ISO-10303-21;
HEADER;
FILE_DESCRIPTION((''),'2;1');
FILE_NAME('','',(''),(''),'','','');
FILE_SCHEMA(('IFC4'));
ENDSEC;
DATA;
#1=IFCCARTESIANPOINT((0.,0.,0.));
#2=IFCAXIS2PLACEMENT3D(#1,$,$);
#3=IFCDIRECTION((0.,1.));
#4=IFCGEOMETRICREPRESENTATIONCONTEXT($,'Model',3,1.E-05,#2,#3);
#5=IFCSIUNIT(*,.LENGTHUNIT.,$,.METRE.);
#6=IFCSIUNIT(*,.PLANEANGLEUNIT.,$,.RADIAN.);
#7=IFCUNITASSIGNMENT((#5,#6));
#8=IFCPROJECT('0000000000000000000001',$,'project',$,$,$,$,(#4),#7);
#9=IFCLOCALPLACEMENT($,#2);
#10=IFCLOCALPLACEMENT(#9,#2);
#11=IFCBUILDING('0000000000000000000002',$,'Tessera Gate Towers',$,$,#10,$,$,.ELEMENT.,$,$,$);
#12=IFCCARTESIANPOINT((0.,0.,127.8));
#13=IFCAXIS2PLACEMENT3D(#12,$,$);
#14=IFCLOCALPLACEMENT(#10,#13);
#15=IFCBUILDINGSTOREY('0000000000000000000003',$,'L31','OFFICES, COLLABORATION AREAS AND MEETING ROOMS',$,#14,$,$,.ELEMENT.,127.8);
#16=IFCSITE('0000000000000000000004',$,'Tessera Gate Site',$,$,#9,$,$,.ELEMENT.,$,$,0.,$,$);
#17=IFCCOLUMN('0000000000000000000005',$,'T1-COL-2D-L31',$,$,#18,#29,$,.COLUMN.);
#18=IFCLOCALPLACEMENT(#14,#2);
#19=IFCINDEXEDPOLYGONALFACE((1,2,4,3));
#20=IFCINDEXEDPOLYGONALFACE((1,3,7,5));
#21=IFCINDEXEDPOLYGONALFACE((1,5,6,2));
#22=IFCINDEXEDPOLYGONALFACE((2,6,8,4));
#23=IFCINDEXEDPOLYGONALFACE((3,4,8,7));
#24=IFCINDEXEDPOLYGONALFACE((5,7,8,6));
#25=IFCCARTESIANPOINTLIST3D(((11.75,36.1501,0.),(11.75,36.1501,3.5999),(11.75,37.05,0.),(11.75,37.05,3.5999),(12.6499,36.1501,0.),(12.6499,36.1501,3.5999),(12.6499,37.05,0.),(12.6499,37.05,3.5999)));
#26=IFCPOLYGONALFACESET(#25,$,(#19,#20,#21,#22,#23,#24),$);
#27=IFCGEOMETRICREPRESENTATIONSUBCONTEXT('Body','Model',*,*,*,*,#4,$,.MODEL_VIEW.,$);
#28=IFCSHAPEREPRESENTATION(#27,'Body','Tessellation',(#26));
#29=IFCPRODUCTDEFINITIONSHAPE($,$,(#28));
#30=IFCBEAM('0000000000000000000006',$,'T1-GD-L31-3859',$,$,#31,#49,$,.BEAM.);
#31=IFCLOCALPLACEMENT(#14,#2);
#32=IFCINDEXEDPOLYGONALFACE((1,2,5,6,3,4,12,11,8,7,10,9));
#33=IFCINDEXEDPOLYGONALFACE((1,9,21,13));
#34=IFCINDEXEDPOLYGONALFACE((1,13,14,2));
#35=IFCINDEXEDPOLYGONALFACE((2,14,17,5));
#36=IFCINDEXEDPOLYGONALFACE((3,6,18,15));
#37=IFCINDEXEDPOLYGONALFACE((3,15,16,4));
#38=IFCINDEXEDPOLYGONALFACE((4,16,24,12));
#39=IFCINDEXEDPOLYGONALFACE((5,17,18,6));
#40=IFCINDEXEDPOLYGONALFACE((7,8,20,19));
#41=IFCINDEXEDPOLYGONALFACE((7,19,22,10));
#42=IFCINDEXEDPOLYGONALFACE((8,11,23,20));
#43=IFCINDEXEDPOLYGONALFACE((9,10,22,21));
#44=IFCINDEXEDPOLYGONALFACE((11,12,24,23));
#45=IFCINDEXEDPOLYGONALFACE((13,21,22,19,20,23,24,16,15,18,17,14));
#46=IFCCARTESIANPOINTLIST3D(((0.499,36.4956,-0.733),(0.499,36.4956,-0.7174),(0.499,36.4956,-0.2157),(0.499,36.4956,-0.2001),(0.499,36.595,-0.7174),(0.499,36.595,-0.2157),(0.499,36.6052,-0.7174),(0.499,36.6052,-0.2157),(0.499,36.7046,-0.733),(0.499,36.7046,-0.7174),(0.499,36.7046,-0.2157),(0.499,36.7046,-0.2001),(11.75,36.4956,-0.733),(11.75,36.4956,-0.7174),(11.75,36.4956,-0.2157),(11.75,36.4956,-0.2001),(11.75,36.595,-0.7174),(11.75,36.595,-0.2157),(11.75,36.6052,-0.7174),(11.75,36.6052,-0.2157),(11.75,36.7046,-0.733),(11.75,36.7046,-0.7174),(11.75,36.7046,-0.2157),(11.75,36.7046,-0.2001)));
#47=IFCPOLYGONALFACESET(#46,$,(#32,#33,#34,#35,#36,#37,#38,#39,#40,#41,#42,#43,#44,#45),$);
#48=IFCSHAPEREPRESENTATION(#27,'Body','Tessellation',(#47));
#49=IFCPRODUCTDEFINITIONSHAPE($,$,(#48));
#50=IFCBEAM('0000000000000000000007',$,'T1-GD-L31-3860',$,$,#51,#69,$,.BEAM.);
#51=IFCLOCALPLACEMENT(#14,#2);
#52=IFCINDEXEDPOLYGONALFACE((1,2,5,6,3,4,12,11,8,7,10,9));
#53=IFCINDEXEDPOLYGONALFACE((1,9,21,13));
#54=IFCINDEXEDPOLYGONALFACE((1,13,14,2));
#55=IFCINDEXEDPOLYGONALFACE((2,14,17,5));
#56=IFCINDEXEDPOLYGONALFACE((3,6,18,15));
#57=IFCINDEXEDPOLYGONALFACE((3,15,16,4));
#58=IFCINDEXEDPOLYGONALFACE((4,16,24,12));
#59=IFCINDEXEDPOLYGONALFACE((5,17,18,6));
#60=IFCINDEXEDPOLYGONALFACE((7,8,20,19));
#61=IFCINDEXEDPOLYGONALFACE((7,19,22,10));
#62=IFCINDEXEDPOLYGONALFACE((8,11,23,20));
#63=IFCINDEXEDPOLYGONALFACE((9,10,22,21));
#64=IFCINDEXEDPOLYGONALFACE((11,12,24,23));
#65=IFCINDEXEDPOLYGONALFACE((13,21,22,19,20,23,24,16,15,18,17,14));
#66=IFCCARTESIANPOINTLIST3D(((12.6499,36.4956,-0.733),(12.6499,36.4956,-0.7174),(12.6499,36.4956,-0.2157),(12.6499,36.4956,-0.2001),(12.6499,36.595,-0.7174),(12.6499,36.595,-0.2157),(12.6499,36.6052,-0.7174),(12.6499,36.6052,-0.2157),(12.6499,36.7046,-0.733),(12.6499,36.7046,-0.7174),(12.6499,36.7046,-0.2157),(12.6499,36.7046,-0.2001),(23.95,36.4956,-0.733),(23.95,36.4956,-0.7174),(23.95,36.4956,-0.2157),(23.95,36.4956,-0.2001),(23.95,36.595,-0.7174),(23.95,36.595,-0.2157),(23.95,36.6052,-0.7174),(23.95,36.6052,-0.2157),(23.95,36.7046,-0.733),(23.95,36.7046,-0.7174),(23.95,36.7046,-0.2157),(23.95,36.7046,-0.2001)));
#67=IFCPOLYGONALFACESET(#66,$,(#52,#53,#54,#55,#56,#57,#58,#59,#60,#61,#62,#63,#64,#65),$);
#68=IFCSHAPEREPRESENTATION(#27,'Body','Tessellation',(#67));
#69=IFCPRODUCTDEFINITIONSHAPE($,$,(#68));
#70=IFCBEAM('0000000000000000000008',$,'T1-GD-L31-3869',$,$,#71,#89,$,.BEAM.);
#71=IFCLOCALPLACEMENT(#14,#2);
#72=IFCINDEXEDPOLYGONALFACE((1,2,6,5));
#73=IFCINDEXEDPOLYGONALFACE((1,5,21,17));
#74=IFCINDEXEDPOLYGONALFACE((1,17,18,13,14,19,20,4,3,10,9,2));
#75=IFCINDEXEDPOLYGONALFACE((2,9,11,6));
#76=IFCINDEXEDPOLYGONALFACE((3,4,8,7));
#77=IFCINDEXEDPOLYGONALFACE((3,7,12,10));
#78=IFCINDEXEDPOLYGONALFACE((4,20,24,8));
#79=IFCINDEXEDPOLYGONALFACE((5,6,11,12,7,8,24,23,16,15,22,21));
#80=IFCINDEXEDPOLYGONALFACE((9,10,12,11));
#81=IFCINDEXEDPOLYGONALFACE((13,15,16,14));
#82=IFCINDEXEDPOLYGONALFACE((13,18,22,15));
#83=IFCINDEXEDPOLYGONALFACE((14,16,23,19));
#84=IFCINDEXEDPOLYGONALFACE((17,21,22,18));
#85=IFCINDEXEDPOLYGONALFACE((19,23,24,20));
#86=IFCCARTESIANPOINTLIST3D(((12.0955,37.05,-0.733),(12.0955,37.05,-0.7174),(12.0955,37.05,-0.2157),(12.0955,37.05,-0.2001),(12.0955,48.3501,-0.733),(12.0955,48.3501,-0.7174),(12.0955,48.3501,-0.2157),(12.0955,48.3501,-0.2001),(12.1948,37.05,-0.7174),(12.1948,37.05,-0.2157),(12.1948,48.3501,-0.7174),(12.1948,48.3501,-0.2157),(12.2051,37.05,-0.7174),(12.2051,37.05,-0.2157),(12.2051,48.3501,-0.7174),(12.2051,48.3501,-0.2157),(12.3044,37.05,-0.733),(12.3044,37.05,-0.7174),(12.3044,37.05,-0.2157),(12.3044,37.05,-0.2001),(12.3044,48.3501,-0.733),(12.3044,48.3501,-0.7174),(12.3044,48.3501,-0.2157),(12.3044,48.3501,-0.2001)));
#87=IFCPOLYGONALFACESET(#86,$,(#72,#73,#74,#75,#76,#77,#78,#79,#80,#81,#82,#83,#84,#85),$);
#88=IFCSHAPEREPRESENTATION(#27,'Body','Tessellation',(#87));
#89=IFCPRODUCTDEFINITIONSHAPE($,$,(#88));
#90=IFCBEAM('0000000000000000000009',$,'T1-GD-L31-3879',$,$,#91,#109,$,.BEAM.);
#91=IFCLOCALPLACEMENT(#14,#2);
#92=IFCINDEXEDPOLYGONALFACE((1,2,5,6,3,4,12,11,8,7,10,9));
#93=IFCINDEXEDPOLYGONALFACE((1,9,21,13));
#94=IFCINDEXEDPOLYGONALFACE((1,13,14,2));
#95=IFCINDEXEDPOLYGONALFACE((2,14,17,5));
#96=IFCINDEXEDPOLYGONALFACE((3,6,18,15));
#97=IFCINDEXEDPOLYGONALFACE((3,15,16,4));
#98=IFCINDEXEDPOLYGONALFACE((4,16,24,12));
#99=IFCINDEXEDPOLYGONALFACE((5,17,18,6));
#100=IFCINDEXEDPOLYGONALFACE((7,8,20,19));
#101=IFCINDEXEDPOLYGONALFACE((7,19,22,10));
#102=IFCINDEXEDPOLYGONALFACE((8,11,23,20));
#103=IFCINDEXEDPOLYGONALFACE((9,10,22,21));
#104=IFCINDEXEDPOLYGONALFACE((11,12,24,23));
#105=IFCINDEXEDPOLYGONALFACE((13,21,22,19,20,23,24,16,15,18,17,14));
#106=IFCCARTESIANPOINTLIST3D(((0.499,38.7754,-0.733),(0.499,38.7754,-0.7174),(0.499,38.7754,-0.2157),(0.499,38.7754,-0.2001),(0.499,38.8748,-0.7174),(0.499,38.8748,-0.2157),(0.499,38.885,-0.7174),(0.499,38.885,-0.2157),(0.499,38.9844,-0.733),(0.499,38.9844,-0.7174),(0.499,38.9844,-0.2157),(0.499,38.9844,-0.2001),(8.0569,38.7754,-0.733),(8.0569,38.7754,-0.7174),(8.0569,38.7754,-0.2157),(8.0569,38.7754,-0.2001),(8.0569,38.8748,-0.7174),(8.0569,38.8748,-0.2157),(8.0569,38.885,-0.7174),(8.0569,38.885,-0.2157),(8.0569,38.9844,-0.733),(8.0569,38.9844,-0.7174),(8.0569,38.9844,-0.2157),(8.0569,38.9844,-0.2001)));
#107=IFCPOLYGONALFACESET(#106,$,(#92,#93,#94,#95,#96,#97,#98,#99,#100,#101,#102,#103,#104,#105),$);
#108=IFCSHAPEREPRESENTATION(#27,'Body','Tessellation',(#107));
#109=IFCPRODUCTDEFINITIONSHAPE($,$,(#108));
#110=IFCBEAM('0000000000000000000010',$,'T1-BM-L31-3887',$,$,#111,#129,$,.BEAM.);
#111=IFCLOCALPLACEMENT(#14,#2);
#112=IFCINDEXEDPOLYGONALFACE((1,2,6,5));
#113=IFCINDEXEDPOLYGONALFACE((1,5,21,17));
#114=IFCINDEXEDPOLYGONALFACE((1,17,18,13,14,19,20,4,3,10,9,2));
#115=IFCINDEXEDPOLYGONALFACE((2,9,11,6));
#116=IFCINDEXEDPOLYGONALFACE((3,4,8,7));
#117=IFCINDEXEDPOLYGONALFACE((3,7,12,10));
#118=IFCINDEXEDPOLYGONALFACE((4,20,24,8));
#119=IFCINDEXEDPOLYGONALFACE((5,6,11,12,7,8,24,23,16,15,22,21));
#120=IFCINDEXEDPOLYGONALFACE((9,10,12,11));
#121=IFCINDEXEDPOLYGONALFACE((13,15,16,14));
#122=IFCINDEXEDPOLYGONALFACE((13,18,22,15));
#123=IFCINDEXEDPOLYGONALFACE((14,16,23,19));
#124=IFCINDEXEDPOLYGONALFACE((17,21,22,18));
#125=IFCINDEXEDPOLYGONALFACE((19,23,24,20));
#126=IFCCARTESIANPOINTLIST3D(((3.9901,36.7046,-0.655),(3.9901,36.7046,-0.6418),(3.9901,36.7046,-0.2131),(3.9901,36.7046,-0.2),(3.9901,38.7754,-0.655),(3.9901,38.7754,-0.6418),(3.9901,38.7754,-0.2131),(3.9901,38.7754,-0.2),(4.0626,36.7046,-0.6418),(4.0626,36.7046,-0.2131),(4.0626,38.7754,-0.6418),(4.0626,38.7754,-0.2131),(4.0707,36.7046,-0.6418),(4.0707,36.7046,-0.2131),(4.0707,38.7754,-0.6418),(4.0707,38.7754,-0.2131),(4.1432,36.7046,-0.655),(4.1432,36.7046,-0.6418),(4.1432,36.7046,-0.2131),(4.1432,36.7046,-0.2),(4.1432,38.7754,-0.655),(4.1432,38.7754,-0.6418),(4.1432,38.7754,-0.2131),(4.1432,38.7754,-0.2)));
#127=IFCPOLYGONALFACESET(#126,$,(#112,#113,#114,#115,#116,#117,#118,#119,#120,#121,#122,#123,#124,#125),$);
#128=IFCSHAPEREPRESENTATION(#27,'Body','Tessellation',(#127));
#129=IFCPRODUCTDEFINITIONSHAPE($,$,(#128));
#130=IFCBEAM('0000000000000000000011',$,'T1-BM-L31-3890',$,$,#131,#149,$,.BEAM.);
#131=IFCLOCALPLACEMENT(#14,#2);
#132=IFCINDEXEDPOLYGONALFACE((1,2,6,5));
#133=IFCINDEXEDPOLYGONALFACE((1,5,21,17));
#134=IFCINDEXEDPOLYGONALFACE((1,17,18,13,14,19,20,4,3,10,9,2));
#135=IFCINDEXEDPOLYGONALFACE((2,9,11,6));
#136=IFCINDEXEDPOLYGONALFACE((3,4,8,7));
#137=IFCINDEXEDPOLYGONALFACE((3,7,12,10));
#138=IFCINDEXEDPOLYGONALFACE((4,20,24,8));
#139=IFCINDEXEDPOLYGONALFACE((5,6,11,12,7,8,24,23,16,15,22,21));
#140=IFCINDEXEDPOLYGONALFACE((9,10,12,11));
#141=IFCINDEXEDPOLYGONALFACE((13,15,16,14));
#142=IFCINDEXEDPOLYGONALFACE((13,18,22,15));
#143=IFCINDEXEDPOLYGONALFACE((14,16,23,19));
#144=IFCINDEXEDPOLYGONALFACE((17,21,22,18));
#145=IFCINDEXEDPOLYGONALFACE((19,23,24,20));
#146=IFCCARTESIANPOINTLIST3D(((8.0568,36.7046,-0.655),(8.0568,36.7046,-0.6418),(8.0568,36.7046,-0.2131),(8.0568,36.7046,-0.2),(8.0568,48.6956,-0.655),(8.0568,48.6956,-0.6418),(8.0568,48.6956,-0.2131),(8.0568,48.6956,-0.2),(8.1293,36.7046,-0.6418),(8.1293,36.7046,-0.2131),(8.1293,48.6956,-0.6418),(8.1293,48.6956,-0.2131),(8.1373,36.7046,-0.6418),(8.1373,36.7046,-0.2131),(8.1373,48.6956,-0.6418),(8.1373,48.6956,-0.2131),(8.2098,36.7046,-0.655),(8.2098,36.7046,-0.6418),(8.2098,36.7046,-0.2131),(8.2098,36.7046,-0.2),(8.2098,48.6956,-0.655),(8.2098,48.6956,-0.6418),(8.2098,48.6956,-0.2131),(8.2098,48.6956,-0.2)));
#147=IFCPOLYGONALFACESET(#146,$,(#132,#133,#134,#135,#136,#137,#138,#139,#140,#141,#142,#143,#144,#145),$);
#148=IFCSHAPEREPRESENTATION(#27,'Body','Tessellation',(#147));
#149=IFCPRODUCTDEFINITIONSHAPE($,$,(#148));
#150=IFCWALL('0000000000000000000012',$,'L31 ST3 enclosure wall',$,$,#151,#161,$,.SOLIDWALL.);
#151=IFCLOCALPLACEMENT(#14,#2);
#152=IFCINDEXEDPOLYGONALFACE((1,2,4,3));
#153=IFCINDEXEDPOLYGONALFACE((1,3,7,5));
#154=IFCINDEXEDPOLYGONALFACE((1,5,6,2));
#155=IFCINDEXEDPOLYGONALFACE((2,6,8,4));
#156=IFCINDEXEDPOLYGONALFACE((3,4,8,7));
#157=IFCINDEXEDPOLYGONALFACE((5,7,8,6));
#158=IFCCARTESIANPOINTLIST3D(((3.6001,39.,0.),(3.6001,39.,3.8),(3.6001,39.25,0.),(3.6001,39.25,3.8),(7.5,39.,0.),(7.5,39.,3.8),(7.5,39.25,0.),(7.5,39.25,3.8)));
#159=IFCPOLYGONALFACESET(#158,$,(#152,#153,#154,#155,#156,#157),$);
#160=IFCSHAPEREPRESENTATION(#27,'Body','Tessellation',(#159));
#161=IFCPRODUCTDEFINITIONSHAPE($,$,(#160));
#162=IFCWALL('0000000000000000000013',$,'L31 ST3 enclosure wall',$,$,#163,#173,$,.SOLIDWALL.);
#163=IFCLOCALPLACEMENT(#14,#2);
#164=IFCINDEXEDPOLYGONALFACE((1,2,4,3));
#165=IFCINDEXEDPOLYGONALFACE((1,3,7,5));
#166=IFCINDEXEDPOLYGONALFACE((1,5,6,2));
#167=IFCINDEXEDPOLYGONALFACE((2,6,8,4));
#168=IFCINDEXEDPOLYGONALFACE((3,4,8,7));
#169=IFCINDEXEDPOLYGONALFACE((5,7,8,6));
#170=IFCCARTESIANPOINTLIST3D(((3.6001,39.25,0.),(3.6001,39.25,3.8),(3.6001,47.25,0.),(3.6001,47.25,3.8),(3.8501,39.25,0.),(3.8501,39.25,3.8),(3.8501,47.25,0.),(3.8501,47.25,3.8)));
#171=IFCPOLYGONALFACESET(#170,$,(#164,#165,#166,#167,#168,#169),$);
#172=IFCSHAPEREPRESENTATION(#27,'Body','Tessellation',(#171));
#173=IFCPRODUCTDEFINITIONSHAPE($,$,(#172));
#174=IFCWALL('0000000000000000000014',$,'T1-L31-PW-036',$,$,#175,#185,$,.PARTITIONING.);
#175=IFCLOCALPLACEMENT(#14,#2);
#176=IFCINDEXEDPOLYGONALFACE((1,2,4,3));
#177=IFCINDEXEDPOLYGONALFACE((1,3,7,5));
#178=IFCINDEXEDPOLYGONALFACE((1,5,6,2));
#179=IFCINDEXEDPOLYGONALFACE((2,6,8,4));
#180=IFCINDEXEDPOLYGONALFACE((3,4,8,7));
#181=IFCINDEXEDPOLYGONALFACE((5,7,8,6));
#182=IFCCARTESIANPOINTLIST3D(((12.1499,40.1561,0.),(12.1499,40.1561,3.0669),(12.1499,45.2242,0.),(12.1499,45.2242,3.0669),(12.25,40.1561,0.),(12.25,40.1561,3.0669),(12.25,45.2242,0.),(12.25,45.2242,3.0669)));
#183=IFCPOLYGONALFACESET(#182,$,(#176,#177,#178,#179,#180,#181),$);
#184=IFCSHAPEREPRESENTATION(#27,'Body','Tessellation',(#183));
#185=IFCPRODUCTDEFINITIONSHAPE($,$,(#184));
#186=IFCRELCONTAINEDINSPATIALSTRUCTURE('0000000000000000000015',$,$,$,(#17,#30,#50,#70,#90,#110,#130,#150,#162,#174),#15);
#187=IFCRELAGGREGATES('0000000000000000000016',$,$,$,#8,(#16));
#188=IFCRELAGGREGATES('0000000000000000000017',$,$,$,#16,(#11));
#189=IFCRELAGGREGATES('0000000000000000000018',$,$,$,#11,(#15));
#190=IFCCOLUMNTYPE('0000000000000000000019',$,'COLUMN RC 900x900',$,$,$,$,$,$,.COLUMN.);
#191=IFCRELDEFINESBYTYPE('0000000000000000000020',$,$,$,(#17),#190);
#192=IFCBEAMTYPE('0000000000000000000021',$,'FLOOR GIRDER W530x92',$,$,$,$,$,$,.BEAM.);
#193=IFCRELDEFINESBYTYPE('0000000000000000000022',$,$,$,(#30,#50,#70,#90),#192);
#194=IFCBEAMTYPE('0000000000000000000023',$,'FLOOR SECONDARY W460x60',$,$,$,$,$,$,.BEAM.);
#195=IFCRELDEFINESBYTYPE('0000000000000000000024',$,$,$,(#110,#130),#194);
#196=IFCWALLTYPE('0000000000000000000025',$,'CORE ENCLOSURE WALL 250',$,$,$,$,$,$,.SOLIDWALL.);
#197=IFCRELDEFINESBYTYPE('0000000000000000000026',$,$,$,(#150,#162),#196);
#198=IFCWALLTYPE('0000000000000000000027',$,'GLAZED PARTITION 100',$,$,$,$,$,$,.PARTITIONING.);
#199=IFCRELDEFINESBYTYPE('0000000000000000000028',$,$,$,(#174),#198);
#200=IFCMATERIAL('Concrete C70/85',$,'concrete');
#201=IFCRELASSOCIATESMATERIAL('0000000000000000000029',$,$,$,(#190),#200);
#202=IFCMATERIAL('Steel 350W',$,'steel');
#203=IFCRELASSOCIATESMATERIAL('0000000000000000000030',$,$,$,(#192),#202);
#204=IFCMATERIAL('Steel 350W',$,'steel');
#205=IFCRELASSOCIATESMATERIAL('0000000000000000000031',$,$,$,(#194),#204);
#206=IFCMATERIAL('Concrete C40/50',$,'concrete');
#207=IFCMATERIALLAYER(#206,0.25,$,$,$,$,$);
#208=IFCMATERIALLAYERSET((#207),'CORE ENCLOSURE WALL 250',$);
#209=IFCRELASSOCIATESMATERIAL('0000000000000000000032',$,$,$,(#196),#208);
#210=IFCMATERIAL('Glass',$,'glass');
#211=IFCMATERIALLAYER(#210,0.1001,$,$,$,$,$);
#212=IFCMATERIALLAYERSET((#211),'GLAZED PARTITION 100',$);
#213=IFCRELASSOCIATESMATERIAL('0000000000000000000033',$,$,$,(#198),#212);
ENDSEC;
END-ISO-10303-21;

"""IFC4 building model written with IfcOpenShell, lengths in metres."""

from ifc_helpers import new_model, si_unit, direction, frame, frame_2d, origin, origin_2d, place, context, subcontext, project, spatial, rectangle, i_section, extrude, material, layer, layer_set, material_profile, profile_set, type_object, element, save


model = new_model("IFC4")

# Units and contexts
model_context = context("Model", 3, precision=1e-05, world=origin(), true_north=direction((0.0, 1.0)))
body_context = subcontext(model_context, "Body", "Model", "MODEL_VIEW")
ifc_project = project(units=[si_unit("LENGTHUNIT", "METRE"), si_unit("PLANEANGLEUNIT", "RADIAN")], contexts=[model_context])

# Site, building, storey
site_placement = place(None, origin())
site = spatial("IfcSite", under=ifc_project, at=site_placement, Name="Tessera Gate Site", CompositionType="ELEMENT", RefElevation=0.0)
building_placement = place(site_placement, origin())
building = spatial("IfcBuilding", under=site, at=building_placement, Name="Tessera Gate Towers", CompositionType="ELEMENT")
storey_placement = place(building_placement, frame((0.0, 0.0, 127.8)))
storey = spatial("IfcBuildingStorey", under=building, at=storey_placement, Name="L31", Description="OFFICES, COLLABORATION AREAS AND MEETING ROOMS", CompositionType="ELEMENT", Elevation=127.8)

# Column
ifc_material_1 = material(Name="Concrete C70/85", Category="concrete")
ifc_material_profile_1 = material_profile(ifc_material_1, rectangle(XDim=0.8999, YDim=0.8999, at=origin_2d()), Name="RC 900x900")
ifc_profile_set_1 = profile_set([ifc_material_profile_1], Name="Concrete C70/85")
column_type = type_object("IfcColumnType", Name="COLUMN RC 900x900", PredefinedType="COLUMN", material=ifc_profile_set_1)
column_placement = place(storey_placement, frame((12.2, 36.6001, 0.0), z_axis=(0.0, 0.0, 1.0), x_axis=(1.0, 0.0, 0.0)))
element("IfcColumn", 1, at=column_placement, inside=storey, type_object=column_type, Name="T1-COL-2D-L31", PredefinedType="COLUMN", context=body_context, shape_type="SweptSolid", body=[
    extrude(rectangle(XDim=0.8999, YDim=0.8999, at=origin_2d()), origin(), (0.0, 0.0, 1.0), 3.5999),
])

# Beams
ifc_material_2 = material(Name="Steel 350W", Category="steel")
ifc_material_profile_2 = material_profile(ifc_material_2, i_section(OverallWidth=0.209, OverallDepth=0.533, WebThickness=0.0103, FlangeThickness=0.0156, at=origin_2d()), Name="W530x92")
ifc_profile_set_2 = profile_set([ifc_material_profile_2], Name="Steel 350W")
beam_type_1 = type_object("IfcBeamType", Name="FLOOR GIRDER W530x92", PredefinedType="BEAM", material=ifc_profile_set_2)
beam_1_placement = place(storey_placement, frame((0.499, 36.6001, -0.4666), z_axis=(1.0, 0.0, 0.0), x_axis=(0.0, 1.0, 0.0)))
element("IfcBeam", 2, at=beam_1_placement, inside=storey, type_object=beam_type_1, Name="T1-GD-L31-3859", PredefinedType="BEAM", context=body_context, shape_type="SweptSolid", body=[
    extrude(i_section(OverallWidth=0.209, OverallDepth=0.533, WebThickness=0.0103, FlangeThickness=0.0156, at=origin_2d()), origin(), (0.0, 0.0, 1.0), 11.251),
])
for number, where, z_axis, x_axis, name in (
    (3, (12.6499, 36.6001, -0.4666), (1.0, 0.0, 0.0), (0.0, 1.0, 0.0), "T1-GD-L31-3860"),
    (4, (12.2, 37.05, -0.4666), (0.0, 1.0, 0.0), (-1.0, 0.0, 0.0), "T1-GD-L31-3869"),
):
    element("IfcBeam", number, at=place(storey_placement, frame(where, z_axis=z_axis, x_axis=x_axis)), inside=storey, type_object=beam_type_1, Name=name, PredefinedType="BEAM", context=body_context, shape_type="SweptSolid", body=[
        extrude(i_section(OverallWidth=0.209, OverallDepth=0.533, WebThickness=0.0103, FlangeThickness=0.0156, at=origin_2d()), origin(), (0.0, 0.0, 1.0), 11.3),
    ])
beam_2_placement = place(storey_placement, frame((0.499, 38.8799, -0.4666), z_axis=(1.0, 0.0, 0.0), x_axis=(0.0, 1.0, 0.0)))
element("IfcBeam", 5, at=beam_2_placement, inside=storey, type_object=beam_type_1, Name="T1-GD-L31-3879", PredefinedType="BEAM", context=body_context, shape_type="SweptSolid", body=[
    extrude(i_section(OverallWidth=0.209, OverallDepth=0.533, WebThickness=0.0103, FlangeThickness=0.0156, at=origin_2d()), origin(), (0.0, 0.0, 1.0), 7.5579),
])
ifc_material_3 = material(Name="Steel 350W", Category="steel")
ifc_material_profile_3 = material_profile(ifc_material_3, i_section(OverallWidth=0.1531, OverallDepth=0.4551, WebThickness=0.0081, FlangeThickness=0.0132, at=origin_2d()), Name="W460x60")
ifc_profile_set_3 = profile_set([ifc_material_profile_3], Name="Steel 350W")
beam_type_2 = type_object("IfcBeamType", Name="FLOOR SECONDARY W460x60", PredefinedType="BEAM", material=ifc_profile_set_3)
beam_3_placement = place(storey_placement, frame((4.0667, 36.7046, -0.4275), z_axis=(0.0, 1.0, 0.0), x_axis=(-1.0, 0.0, 0.0)))
element("IfcBeam", 6, at=beam_3_placement, inside=storey, type_object=beam_type_2, Name="T1-BM-L31-3887", PredefinedType="BEAM", context=body_context, shape_type="SweptSolid", body=[
    extrude(i_section(OverallWidth=0.1531, OverallDepth=0.4551, WebThickness=0.0081, FlangeThickness=0.0132, at=origin_2d()), origin(), (0.0, 0.0, 1.0), 2.0708),
])
beam_4_placement = place(storey_placement, frame((8.1333, 36.7046, -0.4275), z_axis=(0.0, 1.0, 0.0), x_axis=(-1.0, 0.0, 0.0)))
element("IfcBeam", 7, at=beam_4_placement, inside=storey, type_object=beam_type_2, Name="T1-BM-L31-3890", PredefinedType="BEAM", context=body_context, shape_type="SweptSolid", body=[
    extrude(i_section(OverallWidth=0.1531, OverallDepth=0.4551, WebThickness=0.0081, FlangeThickness=0.0132, at=origin_2d()), origin(), (0.0, 0.0, 1.0), 11.991),
])

# Walls
ifc_material_4 = material(Name="Concrete C40/50", Category="concrete")
ifc_layer_1 = layer(ifc_material_4, 0.25)
ifc_layer_set_1 = layer_set([ifc_layer_1], Name="CORE ENCLOSURE WALL 250")
wall_type_1 = type_object("IfcWallType", Name="CORE ENCLOSURE WALL 250", PredefinedType="SOLIDWALL", material=ifc_layer_set_1)
wall_1_placement = place(storey_placement, frame((7.5, 39.125, 0.0), z_axis=(0.0, 0.0, 1.0), x_axis=(-1.0, 0.0, 0.0)))
element("IfcWall", 8, at=wall_1_placement, inside=storey, type_object=wall_type_1, Name="L31 ST3 enclosure wall", PredefinedType="SOLIDWALL", context=body_context, shape_type="SweptSolid", body=[
    extrude(rectangle(XDim=3.8999, YDim=0.25, at=frame_2d((1.95, 0.0))), origin(), (0.0, 0.0, 1.0), 3.8),
])
wall_2_placement = place(storey_placement, frame((3.7251, 39.25, 0.0), z_axis=(0.0, 0.0, 1.0), x_axis=(0.0, 1.0, 0.0)))
element("IfcWall", 9, at=wall_2_placement, inside=storey, type_object=wall_type_1, Name="L31 ST3 enclosure wall", PredefinedType="SOLIDWALL", context=body_context, shape_type="SweptSolid", body=[
    extrude(rectangle(XDim=8.0, YDim=0.25, at=frame_2d((4.0, 0.0))), origin(), (0.0, 0.0, 1.0), 3.8),
])
ifc_material_5 = material(Name="Glass", Category="glass")
ifc_layer_2 = layer(ifc_material_5, 0.1001)
ifc_layer_set_2 = layer_set([ifc_layer_2], Name="GLAZED PARTITION 100")
wall_type_2 = type_object("IfcWallType", Name="GLAZED PARTITION 100", PredefinedType="PARTITIONING", material=ifc_layer_set_2)
wall_3_placement = place(storey_placement, frame((12.2, 40.156, 0.0), z_axis=(0.0, 0.0, 1.0), x_axis=(0.0, 1.0, 0.0)))
element("IfcWall", 10, at=wall_3_placement, inside=storey, type_object=wall_type_2, Name="T1-L31-PW-036", PredefinedType="PARTITIONING", context=body_context, shape_type="SweptSolid", body=[
    extrude(rectangle(XDim=5.0681, YDim=0.1001, at=frame_2d((2.5342, 0.0))), origin(), (0.0, 0.0, 1.0), 3.0669),
])

save(model, "model.ifc")
